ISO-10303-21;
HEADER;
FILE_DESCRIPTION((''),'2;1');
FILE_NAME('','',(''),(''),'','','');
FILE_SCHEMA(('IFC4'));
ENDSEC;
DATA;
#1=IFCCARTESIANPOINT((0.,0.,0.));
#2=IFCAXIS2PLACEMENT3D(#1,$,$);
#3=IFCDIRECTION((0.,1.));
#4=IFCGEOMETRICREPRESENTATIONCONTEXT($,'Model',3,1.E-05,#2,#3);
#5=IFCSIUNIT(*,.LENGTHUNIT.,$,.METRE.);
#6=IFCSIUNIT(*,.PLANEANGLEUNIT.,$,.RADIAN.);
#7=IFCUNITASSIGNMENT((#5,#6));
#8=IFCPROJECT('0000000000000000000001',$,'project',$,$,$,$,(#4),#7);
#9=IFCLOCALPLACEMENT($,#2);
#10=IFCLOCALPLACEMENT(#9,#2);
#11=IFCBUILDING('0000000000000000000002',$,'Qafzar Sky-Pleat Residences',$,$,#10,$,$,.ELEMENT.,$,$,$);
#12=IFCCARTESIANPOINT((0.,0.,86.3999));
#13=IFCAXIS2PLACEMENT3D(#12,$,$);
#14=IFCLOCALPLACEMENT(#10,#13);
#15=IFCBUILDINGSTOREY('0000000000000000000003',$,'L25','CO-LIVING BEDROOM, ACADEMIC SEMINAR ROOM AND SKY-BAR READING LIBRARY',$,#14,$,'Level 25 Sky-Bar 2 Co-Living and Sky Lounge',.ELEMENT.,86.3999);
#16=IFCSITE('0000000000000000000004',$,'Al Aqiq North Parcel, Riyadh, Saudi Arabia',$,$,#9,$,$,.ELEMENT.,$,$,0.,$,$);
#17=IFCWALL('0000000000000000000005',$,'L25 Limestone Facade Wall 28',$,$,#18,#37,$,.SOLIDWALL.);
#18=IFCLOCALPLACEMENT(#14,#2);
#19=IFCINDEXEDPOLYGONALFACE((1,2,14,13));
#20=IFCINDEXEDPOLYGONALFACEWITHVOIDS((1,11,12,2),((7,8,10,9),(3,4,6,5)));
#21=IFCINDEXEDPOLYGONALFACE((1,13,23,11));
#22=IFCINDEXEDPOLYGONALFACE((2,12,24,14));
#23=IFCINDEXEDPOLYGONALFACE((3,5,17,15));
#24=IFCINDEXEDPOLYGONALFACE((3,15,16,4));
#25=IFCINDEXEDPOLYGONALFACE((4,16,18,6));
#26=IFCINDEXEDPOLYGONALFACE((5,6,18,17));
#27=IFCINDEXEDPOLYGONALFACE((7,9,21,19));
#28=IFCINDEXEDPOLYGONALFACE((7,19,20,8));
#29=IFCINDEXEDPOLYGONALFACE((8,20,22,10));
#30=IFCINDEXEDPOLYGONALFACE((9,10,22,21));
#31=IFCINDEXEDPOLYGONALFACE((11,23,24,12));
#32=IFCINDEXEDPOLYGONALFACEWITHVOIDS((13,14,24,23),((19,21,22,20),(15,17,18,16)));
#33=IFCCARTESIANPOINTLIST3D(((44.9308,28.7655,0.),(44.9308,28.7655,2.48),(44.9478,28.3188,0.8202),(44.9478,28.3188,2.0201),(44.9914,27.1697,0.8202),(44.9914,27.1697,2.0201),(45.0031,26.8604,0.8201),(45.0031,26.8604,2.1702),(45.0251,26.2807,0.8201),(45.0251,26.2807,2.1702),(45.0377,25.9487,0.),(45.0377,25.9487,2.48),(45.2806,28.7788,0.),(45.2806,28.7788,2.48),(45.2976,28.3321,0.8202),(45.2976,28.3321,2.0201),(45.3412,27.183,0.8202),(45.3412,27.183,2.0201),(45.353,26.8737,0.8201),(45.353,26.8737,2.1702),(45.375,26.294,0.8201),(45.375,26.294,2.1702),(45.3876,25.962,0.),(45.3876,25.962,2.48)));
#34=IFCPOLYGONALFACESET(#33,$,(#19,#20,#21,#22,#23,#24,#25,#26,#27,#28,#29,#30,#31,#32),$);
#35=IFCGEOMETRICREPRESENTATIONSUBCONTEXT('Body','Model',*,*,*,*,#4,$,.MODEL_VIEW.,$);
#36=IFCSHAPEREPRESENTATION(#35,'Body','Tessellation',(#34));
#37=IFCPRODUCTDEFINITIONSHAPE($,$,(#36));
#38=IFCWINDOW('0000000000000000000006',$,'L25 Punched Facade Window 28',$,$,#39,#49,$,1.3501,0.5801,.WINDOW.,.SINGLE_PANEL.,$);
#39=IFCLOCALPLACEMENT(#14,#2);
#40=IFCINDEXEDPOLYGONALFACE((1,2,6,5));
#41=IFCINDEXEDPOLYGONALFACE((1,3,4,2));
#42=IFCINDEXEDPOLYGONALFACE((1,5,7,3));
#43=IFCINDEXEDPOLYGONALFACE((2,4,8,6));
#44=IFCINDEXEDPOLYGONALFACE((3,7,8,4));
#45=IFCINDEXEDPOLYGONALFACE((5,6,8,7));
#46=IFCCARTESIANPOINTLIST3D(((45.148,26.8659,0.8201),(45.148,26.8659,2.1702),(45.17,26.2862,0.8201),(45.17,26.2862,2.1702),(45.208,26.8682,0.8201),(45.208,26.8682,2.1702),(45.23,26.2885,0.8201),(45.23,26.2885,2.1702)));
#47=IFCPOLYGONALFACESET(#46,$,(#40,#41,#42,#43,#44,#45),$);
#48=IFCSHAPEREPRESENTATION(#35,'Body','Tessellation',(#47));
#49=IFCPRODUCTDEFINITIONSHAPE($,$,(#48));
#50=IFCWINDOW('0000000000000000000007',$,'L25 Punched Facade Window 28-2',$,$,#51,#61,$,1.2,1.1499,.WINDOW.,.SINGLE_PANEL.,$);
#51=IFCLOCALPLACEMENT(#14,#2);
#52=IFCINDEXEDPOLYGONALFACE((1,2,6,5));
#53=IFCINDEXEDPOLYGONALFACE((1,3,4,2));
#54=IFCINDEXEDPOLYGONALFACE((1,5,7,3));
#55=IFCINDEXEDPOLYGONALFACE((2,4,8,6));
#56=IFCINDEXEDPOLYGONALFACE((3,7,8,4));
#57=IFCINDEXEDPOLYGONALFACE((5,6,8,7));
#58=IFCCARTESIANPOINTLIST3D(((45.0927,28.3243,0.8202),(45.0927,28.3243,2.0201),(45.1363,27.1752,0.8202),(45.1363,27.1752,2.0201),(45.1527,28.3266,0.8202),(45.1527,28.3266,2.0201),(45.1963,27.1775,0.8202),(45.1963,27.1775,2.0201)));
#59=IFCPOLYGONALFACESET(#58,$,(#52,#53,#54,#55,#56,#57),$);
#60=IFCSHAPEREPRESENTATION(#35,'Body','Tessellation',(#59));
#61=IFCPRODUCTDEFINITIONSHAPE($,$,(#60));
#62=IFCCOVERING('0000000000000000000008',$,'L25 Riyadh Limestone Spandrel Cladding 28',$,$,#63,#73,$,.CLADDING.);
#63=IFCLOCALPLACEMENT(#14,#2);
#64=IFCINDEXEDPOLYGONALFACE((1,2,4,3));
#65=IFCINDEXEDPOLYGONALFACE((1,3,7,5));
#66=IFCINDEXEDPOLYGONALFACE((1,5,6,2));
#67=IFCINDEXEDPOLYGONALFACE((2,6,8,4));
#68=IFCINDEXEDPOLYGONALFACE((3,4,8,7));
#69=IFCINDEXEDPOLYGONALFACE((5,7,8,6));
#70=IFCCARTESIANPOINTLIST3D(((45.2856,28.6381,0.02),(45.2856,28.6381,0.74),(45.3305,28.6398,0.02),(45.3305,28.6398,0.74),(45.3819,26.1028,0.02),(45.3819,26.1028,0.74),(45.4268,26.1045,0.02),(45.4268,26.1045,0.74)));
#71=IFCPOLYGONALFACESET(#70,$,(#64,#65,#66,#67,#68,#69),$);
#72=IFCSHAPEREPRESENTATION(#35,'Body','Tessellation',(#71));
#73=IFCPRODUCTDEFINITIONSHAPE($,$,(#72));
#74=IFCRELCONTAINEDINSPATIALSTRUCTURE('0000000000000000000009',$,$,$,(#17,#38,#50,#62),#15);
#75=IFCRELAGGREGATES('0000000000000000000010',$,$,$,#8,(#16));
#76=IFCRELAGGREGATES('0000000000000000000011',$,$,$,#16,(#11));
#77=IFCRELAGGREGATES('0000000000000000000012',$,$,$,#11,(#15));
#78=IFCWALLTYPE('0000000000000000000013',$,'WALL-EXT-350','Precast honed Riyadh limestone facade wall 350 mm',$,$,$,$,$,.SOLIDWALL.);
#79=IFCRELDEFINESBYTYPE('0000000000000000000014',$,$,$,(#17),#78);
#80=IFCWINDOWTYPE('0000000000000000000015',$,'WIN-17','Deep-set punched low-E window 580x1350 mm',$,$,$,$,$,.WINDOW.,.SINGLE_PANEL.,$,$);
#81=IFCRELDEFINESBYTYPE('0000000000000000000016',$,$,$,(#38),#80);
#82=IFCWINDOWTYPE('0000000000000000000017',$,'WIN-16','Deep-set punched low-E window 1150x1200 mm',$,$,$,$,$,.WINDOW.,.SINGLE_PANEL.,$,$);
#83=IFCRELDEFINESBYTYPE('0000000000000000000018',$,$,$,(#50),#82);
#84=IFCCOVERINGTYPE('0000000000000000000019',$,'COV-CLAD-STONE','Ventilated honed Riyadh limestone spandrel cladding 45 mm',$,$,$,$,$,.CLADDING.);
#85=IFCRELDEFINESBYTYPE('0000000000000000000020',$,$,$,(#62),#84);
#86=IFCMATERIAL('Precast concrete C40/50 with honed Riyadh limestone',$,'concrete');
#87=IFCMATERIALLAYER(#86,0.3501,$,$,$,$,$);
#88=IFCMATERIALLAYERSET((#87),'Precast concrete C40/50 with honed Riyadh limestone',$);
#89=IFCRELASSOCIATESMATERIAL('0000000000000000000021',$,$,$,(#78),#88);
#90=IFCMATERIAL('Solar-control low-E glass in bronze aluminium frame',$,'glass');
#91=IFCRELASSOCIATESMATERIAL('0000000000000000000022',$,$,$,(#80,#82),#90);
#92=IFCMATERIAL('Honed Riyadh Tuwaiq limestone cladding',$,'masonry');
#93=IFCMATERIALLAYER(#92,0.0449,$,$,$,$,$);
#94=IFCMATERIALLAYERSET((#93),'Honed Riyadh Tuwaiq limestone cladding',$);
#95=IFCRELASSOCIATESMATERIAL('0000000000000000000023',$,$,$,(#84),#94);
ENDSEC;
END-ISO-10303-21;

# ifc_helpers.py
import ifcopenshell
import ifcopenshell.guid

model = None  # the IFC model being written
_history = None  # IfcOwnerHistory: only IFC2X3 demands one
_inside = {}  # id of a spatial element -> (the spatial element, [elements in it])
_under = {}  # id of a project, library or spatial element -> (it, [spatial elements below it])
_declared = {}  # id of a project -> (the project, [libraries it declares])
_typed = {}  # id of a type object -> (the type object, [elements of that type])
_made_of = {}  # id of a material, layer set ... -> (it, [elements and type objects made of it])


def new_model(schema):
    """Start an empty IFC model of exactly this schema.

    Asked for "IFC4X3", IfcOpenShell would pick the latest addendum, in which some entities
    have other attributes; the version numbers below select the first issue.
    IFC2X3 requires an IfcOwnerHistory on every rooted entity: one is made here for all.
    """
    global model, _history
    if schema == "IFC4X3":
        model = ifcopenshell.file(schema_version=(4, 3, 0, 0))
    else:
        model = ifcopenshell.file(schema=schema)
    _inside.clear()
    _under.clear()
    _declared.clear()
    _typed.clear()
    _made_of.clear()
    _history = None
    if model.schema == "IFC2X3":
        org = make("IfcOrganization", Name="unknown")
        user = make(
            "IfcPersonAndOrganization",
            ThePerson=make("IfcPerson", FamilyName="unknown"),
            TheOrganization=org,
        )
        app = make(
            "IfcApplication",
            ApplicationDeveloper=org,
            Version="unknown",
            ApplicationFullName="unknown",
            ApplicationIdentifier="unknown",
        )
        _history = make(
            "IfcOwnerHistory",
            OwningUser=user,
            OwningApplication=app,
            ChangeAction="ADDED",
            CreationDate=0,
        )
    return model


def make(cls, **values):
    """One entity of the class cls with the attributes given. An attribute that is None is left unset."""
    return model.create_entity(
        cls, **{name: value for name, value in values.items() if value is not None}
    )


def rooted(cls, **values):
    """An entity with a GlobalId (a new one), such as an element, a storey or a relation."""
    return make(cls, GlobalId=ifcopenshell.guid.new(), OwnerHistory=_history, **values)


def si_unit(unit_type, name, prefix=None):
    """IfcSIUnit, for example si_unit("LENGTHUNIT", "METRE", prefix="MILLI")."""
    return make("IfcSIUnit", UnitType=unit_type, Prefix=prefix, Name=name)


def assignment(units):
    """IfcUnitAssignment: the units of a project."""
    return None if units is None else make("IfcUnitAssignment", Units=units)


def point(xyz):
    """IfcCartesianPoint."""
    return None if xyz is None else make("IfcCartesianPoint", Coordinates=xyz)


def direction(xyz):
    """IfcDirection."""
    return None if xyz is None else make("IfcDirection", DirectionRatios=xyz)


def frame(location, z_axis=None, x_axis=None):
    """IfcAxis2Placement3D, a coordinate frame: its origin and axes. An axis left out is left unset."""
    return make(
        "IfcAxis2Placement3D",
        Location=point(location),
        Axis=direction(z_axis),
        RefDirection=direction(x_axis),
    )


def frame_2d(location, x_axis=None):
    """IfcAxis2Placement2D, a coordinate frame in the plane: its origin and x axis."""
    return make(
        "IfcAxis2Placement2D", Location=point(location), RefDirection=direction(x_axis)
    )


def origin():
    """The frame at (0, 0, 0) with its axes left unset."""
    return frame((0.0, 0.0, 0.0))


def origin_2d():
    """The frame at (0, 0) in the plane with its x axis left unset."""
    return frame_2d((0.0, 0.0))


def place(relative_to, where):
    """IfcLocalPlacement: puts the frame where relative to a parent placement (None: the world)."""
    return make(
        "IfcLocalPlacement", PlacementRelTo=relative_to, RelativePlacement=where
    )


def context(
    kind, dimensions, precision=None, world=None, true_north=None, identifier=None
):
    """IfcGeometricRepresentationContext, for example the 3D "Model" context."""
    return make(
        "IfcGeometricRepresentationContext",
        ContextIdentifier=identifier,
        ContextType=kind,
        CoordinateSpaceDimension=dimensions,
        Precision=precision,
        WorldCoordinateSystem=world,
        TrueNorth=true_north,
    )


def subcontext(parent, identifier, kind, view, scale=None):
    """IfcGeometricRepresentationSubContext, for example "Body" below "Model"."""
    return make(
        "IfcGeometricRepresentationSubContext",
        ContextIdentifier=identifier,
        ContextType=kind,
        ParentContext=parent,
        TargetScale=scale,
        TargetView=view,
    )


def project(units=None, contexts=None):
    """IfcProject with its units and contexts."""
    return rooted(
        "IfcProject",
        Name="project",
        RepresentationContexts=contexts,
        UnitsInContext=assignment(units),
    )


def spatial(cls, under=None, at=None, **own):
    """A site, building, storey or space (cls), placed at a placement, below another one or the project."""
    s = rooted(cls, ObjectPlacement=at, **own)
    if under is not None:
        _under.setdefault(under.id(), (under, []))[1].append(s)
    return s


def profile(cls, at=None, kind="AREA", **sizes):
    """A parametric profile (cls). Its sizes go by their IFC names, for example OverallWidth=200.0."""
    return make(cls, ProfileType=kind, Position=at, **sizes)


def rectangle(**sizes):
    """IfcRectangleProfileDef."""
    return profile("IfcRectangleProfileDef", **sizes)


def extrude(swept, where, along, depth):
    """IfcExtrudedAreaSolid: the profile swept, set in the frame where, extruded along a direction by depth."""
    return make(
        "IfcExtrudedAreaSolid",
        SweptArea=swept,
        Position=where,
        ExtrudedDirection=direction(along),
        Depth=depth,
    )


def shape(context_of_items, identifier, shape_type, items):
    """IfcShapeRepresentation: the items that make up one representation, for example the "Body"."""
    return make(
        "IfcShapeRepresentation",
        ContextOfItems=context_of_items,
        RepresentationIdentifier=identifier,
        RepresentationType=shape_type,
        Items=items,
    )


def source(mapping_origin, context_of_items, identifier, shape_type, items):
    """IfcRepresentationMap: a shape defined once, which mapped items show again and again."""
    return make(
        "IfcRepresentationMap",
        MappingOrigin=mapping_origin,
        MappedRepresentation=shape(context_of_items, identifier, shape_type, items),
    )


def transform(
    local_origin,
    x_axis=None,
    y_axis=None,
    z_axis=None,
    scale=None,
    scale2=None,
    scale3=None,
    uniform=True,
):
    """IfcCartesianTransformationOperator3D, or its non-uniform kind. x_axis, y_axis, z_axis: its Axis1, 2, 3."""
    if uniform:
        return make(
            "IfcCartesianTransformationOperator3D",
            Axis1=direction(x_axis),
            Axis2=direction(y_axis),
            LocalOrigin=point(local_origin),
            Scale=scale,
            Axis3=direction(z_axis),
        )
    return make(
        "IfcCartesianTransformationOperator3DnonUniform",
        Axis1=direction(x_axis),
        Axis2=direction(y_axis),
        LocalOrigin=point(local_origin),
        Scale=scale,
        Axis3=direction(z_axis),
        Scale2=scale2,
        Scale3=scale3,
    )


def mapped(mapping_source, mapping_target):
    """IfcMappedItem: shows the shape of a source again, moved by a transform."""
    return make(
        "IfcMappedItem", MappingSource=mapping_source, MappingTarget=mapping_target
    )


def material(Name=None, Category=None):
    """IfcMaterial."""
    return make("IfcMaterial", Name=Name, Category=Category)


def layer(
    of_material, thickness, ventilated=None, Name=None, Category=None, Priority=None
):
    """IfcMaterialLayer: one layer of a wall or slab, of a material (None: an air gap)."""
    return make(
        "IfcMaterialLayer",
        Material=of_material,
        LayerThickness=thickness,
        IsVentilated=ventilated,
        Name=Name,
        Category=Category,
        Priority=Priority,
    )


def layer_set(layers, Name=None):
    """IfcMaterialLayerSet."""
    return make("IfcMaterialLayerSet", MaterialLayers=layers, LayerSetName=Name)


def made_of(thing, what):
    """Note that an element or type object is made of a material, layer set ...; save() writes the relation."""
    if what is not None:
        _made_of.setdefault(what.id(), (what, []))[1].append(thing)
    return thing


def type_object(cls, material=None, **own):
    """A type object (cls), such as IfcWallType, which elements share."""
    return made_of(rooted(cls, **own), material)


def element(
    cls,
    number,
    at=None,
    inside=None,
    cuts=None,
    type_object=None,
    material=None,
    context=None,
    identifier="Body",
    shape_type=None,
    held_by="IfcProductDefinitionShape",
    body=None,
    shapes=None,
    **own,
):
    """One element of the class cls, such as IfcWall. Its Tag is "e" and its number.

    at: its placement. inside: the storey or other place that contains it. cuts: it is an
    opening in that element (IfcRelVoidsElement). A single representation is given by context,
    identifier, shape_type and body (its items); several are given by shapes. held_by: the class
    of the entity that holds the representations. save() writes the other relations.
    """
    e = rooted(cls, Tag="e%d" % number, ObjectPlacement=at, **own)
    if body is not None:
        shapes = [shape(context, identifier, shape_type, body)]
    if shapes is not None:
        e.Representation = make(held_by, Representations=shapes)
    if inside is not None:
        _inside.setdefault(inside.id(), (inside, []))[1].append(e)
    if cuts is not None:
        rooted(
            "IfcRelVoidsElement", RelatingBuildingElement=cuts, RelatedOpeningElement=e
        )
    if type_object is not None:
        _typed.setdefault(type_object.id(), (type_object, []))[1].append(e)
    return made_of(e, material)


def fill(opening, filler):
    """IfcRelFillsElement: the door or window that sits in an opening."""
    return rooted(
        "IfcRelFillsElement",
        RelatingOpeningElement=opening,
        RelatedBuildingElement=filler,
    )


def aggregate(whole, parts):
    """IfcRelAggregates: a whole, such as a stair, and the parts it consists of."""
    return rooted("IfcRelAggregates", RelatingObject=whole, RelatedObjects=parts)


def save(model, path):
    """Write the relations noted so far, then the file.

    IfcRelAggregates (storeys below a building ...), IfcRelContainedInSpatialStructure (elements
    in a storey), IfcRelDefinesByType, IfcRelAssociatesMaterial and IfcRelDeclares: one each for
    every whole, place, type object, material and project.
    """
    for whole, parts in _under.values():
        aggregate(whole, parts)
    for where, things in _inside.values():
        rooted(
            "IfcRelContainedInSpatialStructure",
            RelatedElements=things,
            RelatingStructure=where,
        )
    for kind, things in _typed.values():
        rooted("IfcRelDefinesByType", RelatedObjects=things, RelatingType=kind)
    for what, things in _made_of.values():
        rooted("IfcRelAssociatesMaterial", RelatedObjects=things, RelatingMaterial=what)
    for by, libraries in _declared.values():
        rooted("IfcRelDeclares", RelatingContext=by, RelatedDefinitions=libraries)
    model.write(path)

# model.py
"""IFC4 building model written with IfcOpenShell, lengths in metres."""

from ifc_helpers import new_model, si_unit, direction, frame, frame_2d, origin, origin_2d, place, context, subcontext, project, spatial, rectangle, extrude, source, transform, mapped, material, layer, layer_set, type_object, element, fill, save


model = new_model("IFC4")

# Units and contexts
model_context = context("Model", 3, precision=1e-05, world=origin(), true_north=direction((0.0, 1.0)))
body_context = subcontext(model_context, "Body", "Model", "MODEL_VIEW")
ifc_project = project(units=[si_unit("LENGTHUNIT", "METRE"), si_unit("PLANEANGLEUNIT", "RADIAN")], contexts=[model_context])

# Site, building, storey
site_placement = place(None, origin())
site = spatial("IfcSite", under=ifc_project, at=site_placement, Name="Al Aqiq North Parcel, Riyadh, Saudi Arabia", CompositionType="ELEMENT", RefElevation=0.0)
building_placement = place(site_placement, origin())
building = spatial("IfcBuilding", under=site, at=building_placement, Name="Qafzar Sky-Pleat Residences", CompositionType="ELEMENT")
storey_placement = place(building_placement, frame((0.0, 0.0, 86.3999)))
storey = spatial("IfcBuildingStorey", under=building, at=storey_placement, Name="L25", Description="CO-LIVING BEDROOM, ACADEMIC SEMINAR ROOM AND SKY-BAR READING LIBRARY", LongName="Level 25 Sky-Bar 2 Co-Living and Sky Lounge", CompositionType="ELEMENT", Elevation=86.3999)

# Wall, openings, windows
ifc_material_1 = material(Name="Precast concrete C40/50 with honed Riyadh limestone", Category="concrete")
ifc_layer_1 = layer(ifc_material_1, 0.3501)
ifc_layer_set_1 = layer_set([ifc_layer_1], Name="Precast concrete C40/50 with honed Riyadh limestone")
wall_type_1 = type_object("IfcWallType", Name="WALL-EXT-350", Description="Precast honed Riyadh limestone facade wall 350 mm", PredefinedType="SOLIDWALL", material=ifc_layer_set_1)
ifc_material_2 = material(Name="Solar-control low-E glass in bronze aluminium frame", Category="glass")
window_type_1 = type_object("IfcWindowType", Name="WIN-17", Description="Deep-set punched low-E window 580x1350 mm", PartitioningType="SINGLE_PANEL", PredefinedType="WINDOW", material=ifc_material_2)
shared_shape_1 = source(origin(), body_context, "Body", "SweptSolid", [
    extrude(rectangle(XDim=0.5801, YDim=1.3501, at=frame_2d((0.29, 0.675))), frame((0.0, 0.03, 0.0), z_axis=(0.0, -1.0, 0.0), x_axis=(1.0, 0.0, 0.0)), (0.0, 0.0, 1.0), 0.0601),
])
wall_1_placement = place(storey_placement, frame((45.2126, 25.9553, 0.0), z_axis=(0.0, 0.0, 1.0), x_axis=(-0.037934, 0.99928, 0.0)))
wall_1 = element("IfcWall", 1, at=wall_1_placement, inside=storey, type_object=wall_type_1, Name="L25 Limestone Facade Wall 28", PredefinedType="SOLIDWALL", context=body_context, shape_type="SweptSolid", body=[
    extrude(rectangle(XDim=2.8188, YDim=0.3501, at=frame_2d((1.4094, 0.0))), origin(), (0.0, 0.0, 1.0), 2.48),
])
opening_1_placement = place(wall_1_placement, frame((0.3323, 0.0, 0.8201)))
opening_1 = element("IfcOpeningElement", 2, at=opening_1_placement, cuts=wall_1, PredefinedType="OPENING", context=body_context, shape_type="SweptSolid", body=[
    extrude(rectangle(XDim=0.5801, YDim=1.3501, at=frame_2d((0.29, 0.675))), frame((0.0, 0.1851, 0.0), z_axis=(0.0, -1.0, 0.0), x_axis=(1.0, 0.0, 0.0)), (0.0, 0.0, 1.0), 0.3701),
])
opening_2_placement = place(wall_1_placement, frame((1.2219, 0.0, 0.8201)))
opening_2 = element("IfcOpeningElement", 3, at=opening_2_placement, cuts=wall_1, PredefinedType="OPENING", context=body_context, shape_type="SweptSolid", body=[
    extrude(rectangle(XDim=1.1499, YDim=1.2, at=frame_2d((0.575, 0.6001))), frame((0.0, 0.1851, 0.0), z_axis=(0.0, -1.0, 0.0), x_axis=(1.0, 0.0, 0.0)), (0.0, 0.0, 1.0), 0.3701),
])
window_1_placement = place(opening_1_placement, origin())
window_1 = element("IfcWindow", 4, at=window_1_placement, inside=storey, type_object=window_type_1, Name="L25 Punched Facade Window 28", OverallHeight=1.3501, OverallWidth=0.5801, PartitioningType="SINGLE_PANEL", PredefinedType="WINDOW", context=body_context, shape_type="MappedRepresentation", body=[
    mapped(shared_shape_1, transform((0.0, 0.0, 0.0), x_axis=(1.0, 0.0, 0.0), y_axis=(0.0, 1.0, 0.0), z_axis=(0.0, 0.0, 1.0), scale=1.0)),
])
fill(opening_1, window_1)
window_type_2 = type_object("IfcWindowType", Name="WIN-16", Description="Deep-set punched low-E window 1150x1200 mm", PartitioningType="SINGLE_PANEL", PredefinedType="WINDOW", material=ifc_material_2)
shared_shape_2 = source(origin(), body_context, "Body", "SweptSolid", [
    extrude(rectangle(XDim=1.1499, YDim=1.2, at=frame_2d((0.575, 0.6001))), frame((0.0, 0.03, 0.0), z_axis=(0.0, -1.0, 0.0), x_axis=(1.0, 0.0, 0.0)), (0.0, 0.0, 1.0), 0.0601),
])
window_2_placement = place(opening_2_placement, origin())
window_2 = element("IfcWindow", 5, at=window_2_placement, inside=storey, type_object=window_type_2, Name="L25 Punched Facade Window 28-2", OverallHeight=1.2, OverallWidth=1.1499, PartitioningType="SINGLE_PANEL", PredefinedType="WINDOW", context=body_context, shape_type="MappedRepresentation", body=[
    mapped(shared_shape_2, transform((0.0, 0.0, 0.0), x_axis=(1.0, 0.0, 0.0), y_axis=(0.0, 1.0, 0.0), z_axis=(0.0, 0.0, 1.0), scale=1.0)),
])
fill(opening_2, window_2)

# Covering
ifc_material_3 = material(Name="Honed Riyadh Tuwaiq limestone cladding", Category="masonry")
ifc_layer_2 = layer(ifc_material_3, 0.0449)
ifc_layer_set_2 = layer_set([ifc_layer_2], Name="Honed Riyadh Tuwaiq limestone cladding")
covering_type = type_object("IfcCoveringType", Name="COV-CLAD-STONE", Description="Ventilated honed Riyadh limestone spandrel cladding 45 mm", PredefinedType="CLADDING", material=ifc_layer_set_2)
shared_shape_3 = source(origin(), body_context, "Body", "SweptSolid", [
    extrude(rectangle(XDim=2.5371, YDim=0.0449, at=origin_2d()), origin(), (0.0, 0.0, 1.0), 0.72),
])
covering_placement = place(storey_placement, frame((45.3562, 27.3713, 0.02), z_axis=(0.0, 0.0, 1.0), x_axis=(-0.037958, 0.999279, 0.0)))
element("IfcCovering", 6, at=covering_placement, inside=storey, type_object=covering_type, Name="L25 Riyadh Limestone Spandrel Cladding 28", PredefinedType="CLADDING", context=body_context, shape_type="MappedRepresentation", body=[
    mapped(shared_shape_3, transform((0.0, 0.0, 0.0), x_axis=(1.0, 0.0, 0.0), y_axis=(0.0, 1.0, 0.0), z_axis=(0.0, 0.0, 1.0), scale=1.0)),
])

save(model, "model.ifc")
